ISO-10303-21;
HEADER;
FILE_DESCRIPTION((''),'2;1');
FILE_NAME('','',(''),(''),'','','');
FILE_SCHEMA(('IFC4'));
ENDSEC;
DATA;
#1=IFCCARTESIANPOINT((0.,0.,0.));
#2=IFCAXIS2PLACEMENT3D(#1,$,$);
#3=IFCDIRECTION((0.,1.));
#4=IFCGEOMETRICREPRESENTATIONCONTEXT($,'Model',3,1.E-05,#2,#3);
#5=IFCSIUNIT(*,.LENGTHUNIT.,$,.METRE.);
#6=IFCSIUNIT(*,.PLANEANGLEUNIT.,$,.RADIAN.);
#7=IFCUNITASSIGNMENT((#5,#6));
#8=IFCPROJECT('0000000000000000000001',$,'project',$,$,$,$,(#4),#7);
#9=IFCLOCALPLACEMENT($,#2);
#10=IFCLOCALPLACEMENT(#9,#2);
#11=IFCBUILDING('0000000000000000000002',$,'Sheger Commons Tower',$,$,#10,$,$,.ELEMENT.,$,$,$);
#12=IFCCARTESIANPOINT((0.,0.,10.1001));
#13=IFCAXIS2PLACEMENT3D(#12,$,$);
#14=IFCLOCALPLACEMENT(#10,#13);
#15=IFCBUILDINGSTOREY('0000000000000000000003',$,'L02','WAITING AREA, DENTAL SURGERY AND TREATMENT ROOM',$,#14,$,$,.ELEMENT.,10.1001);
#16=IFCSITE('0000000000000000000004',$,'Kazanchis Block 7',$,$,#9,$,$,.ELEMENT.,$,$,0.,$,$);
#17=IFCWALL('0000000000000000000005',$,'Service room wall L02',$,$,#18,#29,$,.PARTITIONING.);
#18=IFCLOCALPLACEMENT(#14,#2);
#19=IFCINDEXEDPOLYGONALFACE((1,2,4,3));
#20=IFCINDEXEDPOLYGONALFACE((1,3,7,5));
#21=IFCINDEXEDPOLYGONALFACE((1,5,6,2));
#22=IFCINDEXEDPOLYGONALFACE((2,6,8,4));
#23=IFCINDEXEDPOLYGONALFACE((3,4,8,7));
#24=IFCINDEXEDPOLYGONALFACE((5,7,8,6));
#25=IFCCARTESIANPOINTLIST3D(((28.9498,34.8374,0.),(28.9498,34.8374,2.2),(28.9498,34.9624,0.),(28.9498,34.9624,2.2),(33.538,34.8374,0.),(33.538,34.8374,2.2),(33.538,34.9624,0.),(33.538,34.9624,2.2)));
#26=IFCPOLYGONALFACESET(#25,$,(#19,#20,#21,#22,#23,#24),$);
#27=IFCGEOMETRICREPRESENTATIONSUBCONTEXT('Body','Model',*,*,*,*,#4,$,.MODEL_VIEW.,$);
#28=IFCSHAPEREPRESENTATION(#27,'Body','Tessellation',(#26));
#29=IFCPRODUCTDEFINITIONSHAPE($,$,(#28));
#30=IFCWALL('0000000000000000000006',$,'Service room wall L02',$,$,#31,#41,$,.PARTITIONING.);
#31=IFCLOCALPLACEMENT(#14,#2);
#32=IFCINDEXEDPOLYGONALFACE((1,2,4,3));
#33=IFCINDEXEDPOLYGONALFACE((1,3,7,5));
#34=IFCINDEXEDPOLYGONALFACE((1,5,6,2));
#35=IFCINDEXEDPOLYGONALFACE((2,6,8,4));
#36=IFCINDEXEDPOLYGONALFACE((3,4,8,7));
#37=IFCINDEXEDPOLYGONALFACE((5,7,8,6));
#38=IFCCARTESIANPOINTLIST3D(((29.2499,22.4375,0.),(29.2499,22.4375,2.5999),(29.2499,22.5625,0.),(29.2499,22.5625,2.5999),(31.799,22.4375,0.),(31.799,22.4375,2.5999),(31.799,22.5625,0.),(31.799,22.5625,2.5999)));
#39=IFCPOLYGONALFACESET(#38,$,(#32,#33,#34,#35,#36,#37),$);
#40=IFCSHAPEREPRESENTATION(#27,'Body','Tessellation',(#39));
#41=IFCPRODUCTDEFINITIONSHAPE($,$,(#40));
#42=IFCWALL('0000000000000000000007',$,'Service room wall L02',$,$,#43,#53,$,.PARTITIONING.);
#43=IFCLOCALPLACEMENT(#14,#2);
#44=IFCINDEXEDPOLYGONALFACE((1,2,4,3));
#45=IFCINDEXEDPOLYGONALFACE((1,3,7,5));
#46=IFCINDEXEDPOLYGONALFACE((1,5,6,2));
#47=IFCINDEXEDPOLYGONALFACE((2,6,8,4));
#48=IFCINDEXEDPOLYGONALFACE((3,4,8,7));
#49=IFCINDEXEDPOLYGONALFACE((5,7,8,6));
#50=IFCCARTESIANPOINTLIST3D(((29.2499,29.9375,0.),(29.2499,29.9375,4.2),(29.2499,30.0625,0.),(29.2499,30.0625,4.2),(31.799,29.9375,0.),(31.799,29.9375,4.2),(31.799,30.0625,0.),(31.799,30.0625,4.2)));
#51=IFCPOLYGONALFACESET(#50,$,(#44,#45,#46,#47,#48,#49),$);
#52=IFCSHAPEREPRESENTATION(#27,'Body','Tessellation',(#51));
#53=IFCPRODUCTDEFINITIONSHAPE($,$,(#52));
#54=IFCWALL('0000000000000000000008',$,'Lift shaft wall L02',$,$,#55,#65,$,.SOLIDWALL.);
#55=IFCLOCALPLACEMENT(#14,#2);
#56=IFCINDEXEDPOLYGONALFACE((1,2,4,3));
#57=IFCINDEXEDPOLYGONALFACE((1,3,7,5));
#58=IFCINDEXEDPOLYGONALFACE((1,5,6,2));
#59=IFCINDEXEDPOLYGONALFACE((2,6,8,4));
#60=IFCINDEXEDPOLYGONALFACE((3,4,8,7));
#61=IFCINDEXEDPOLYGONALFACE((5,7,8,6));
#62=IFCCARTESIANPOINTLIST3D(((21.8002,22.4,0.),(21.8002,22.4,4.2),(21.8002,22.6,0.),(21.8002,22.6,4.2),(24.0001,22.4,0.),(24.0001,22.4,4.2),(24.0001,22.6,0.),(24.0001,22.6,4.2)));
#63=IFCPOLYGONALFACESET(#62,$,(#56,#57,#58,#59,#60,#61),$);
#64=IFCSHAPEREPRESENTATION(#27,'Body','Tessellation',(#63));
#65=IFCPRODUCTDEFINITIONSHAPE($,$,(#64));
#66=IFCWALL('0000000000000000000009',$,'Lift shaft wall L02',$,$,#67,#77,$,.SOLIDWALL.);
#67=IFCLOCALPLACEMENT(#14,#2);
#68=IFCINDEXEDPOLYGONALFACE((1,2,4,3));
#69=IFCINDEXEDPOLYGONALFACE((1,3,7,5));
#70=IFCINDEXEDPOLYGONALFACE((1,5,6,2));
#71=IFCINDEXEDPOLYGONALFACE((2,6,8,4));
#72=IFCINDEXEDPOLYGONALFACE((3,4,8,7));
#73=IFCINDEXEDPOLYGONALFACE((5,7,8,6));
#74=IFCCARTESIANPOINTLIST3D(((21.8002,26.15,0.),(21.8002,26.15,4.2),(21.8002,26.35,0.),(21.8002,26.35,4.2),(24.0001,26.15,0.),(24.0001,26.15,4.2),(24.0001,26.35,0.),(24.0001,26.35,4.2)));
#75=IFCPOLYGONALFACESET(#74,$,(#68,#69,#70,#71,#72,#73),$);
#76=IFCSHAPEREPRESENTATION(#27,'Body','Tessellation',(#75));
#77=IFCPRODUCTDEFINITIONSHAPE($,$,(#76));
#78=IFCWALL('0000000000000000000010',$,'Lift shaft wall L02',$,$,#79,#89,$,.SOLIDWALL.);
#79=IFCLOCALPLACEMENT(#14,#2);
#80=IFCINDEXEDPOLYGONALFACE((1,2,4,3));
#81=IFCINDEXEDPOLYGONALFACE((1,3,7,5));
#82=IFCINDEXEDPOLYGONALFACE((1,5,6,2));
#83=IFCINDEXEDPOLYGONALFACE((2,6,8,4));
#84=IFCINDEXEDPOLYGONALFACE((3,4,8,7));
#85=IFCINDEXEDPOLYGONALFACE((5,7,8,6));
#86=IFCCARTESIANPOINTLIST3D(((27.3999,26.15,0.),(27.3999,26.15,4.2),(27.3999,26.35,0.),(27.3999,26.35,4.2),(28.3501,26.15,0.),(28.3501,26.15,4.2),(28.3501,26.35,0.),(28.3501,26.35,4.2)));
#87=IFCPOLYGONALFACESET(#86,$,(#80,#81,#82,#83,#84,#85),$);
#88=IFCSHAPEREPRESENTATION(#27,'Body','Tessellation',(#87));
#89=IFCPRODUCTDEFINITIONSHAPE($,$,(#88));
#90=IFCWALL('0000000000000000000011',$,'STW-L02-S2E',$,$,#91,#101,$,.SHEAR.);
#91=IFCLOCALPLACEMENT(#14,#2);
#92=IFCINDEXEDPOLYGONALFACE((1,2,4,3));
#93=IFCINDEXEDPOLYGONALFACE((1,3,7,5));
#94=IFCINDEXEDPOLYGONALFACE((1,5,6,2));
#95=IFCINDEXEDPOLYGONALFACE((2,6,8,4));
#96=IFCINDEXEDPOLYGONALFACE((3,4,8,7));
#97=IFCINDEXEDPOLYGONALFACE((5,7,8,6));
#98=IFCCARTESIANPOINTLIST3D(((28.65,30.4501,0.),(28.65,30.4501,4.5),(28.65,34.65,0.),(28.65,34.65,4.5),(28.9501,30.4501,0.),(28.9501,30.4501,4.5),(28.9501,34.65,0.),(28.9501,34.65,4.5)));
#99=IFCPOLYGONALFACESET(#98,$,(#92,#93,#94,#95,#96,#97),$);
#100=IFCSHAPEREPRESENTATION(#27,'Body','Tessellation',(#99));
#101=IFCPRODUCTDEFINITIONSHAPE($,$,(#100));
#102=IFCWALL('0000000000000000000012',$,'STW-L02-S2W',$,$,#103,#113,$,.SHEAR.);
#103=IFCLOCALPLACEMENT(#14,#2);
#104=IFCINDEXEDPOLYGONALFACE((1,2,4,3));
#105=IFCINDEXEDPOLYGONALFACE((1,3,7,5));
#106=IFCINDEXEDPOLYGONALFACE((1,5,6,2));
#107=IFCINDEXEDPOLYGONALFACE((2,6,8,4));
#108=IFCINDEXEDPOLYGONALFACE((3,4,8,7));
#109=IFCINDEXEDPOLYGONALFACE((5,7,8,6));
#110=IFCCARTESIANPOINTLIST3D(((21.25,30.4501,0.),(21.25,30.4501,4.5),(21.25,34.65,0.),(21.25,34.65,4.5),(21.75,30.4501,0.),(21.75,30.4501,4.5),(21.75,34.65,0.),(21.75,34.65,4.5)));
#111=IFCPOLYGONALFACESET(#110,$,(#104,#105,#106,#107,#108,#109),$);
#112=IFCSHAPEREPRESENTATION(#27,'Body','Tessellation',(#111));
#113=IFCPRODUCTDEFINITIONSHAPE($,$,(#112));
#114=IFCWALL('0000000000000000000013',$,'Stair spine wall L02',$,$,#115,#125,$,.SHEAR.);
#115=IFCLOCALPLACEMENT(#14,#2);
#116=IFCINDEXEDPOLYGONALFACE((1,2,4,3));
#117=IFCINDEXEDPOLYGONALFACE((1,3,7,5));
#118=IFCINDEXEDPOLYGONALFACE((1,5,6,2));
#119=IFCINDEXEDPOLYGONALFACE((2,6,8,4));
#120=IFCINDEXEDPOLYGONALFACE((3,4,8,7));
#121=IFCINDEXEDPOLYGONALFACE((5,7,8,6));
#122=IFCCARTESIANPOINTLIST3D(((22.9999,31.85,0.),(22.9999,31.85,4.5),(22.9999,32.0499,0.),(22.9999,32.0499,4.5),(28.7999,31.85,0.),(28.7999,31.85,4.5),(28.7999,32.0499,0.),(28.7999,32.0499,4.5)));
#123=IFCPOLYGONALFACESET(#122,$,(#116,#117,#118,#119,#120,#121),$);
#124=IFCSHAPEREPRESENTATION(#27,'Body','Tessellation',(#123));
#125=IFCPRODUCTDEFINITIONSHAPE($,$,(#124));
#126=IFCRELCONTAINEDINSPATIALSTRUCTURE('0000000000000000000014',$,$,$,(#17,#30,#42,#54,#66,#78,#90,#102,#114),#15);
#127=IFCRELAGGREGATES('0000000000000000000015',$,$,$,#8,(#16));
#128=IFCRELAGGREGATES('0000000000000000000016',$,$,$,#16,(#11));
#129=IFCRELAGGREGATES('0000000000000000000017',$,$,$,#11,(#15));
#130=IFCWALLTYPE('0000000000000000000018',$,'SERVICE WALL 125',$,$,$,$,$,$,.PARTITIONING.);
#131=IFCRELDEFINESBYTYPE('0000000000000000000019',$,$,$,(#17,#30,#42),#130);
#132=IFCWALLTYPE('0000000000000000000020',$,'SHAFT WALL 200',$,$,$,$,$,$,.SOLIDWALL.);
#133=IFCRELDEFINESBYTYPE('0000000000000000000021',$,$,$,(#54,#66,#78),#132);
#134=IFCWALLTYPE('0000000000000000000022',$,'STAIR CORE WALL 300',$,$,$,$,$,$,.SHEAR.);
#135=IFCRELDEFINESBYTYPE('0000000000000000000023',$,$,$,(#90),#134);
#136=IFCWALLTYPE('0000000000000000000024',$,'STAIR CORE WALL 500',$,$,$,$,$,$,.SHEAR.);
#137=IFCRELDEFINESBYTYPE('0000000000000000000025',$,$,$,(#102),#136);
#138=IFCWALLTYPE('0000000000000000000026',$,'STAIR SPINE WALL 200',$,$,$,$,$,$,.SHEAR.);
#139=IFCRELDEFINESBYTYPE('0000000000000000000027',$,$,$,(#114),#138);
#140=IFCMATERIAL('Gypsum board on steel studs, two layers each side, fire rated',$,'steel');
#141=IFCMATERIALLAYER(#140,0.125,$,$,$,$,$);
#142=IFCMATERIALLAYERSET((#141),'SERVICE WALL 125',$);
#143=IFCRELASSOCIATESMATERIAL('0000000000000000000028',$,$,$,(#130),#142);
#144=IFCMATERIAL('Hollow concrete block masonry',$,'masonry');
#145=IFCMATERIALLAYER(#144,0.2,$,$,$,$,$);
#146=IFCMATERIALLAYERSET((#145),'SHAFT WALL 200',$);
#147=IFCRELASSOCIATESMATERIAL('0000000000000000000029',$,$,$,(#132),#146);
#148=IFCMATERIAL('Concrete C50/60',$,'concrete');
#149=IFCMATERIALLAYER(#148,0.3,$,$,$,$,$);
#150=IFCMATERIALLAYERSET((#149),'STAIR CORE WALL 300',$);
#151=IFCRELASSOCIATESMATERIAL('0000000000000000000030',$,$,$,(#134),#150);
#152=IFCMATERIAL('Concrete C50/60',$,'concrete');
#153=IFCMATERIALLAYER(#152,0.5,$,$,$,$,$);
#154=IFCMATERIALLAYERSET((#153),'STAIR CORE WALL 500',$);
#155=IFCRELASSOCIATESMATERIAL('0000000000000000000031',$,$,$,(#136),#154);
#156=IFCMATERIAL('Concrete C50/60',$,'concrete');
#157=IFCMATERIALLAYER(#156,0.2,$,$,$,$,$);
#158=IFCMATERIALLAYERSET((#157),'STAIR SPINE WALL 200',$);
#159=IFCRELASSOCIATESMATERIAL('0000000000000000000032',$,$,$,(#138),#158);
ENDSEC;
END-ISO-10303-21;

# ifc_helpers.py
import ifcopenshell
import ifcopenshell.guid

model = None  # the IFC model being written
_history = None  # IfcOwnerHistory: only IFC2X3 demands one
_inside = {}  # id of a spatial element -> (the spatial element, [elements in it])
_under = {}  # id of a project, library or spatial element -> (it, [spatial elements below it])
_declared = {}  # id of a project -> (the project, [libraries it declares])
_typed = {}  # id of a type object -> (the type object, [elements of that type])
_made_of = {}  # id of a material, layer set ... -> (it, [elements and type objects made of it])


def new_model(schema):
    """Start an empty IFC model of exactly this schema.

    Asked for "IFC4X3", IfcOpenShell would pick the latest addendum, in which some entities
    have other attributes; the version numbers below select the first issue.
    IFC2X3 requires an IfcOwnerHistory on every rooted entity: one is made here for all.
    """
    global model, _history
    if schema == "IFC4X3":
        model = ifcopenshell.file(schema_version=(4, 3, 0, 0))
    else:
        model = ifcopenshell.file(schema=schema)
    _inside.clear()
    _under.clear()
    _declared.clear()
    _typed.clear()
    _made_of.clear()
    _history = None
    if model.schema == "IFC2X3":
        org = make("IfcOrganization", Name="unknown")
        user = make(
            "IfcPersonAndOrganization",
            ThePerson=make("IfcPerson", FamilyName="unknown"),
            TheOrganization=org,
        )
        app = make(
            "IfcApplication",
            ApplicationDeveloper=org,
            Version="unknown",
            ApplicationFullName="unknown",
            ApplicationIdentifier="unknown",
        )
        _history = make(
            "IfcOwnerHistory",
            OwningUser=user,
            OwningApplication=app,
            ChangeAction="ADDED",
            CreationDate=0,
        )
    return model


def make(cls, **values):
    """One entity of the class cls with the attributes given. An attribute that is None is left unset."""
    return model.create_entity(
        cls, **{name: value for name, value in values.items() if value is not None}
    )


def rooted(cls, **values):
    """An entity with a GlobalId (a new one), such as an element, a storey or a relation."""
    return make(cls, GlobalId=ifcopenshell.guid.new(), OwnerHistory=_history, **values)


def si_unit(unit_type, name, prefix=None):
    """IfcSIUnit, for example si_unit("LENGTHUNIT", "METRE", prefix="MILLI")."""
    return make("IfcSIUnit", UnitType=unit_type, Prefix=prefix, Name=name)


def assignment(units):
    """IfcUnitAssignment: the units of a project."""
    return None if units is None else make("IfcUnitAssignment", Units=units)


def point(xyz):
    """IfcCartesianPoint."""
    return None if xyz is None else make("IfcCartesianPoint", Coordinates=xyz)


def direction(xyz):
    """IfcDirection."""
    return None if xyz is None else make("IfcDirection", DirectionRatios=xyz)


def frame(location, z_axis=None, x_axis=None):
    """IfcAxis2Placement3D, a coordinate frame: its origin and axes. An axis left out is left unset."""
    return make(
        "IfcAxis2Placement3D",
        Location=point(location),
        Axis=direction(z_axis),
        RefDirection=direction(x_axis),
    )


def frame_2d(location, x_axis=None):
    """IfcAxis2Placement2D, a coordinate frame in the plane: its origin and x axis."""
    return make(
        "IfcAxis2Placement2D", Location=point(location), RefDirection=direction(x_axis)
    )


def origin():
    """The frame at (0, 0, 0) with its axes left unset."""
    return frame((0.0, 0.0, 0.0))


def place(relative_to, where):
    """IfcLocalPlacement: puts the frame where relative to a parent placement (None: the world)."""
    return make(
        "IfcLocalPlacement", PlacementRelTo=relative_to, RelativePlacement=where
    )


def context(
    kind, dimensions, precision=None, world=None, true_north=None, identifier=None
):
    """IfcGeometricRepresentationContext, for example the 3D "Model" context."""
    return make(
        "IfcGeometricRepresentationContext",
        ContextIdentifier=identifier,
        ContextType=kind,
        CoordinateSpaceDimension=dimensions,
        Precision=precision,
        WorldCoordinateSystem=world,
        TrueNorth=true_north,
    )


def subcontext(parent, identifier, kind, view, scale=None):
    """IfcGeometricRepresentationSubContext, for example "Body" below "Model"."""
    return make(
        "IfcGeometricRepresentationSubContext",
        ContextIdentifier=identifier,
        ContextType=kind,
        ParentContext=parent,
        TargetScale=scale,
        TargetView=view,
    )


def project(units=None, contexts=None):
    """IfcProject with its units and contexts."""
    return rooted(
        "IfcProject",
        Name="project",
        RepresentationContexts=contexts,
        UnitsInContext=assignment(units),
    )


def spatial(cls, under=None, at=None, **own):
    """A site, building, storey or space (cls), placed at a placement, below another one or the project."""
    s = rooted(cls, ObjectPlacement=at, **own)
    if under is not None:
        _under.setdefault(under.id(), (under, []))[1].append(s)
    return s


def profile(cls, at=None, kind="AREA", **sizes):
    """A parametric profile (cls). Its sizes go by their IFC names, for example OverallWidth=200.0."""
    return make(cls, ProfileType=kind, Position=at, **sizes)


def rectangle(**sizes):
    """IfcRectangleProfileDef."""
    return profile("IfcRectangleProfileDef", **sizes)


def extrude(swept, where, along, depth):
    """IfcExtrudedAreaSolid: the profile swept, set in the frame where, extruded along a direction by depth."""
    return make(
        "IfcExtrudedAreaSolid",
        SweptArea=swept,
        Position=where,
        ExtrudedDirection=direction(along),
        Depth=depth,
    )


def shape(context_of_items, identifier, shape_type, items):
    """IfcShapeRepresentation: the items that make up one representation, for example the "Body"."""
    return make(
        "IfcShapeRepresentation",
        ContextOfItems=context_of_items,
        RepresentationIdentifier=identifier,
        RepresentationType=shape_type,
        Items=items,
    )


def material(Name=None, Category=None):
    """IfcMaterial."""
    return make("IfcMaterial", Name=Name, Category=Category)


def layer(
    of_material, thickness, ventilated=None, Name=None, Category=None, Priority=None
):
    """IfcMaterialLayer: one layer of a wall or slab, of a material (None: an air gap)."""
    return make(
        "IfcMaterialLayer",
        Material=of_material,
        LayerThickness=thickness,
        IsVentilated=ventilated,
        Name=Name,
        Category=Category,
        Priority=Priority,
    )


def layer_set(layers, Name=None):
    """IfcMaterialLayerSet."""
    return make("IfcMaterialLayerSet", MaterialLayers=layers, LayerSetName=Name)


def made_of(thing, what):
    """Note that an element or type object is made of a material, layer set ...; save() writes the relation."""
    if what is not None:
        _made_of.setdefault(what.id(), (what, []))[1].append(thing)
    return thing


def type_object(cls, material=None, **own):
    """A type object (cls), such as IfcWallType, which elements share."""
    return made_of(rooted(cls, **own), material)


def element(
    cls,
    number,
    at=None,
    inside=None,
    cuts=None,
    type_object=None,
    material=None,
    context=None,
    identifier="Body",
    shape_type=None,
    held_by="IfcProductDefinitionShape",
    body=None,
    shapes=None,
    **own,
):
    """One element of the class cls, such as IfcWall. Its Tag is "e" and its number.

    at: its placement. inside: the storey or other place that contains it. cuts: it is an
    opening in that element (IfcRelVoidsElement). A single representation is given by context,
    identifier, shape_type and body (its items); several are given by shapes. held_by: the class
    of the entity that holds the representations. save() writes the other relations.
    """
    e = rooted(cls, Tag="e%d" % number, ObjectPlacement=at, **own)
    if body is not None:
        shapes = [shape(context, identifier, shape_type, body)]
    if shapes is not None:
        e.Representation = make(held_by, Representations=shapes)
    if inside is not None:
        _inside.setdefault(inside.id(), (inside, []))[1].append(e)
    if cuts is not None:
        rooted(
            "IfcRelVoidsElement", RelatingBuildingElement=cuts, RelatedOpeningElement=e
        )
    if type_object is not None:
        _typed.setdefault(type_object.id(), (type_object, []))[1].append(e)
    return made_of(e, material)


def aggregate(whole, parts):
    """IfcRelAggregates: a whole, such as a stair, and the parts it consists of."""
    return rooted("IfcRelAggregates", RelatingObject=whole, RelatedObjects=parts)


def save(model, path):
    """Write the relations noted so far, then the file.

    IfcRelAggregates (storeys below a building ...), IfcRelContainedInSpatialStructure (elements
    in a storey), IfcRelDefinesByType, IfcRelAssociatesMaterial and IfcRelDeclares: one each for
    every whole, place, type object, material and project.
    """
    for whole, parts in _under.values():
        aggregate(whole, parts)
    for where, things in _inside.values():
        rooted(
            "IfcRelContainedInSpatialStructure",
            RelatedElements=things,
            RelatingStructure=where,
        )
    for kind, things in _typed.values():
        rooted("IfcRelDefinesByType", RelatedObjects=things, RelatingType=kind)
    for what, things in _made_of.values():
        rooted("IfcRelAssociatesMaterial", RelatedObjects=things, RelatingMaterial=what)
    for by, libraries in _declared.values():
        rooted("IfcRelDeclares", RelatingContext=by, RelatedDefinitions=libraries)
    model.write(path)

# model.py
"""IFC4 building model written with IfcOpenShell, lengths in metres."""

from ifc_helpers import new_model, si_unit, direction, frame, frame_2d, origin, place, context, subcontext, project, spatial, rectangle, extrude, material, layer, layer_set, type_object, element, save


model = new_model("IFC4")

# Units and contexts
model_context = context("Model", 3, precision=1e-05, world=origin(), true_north=direction((0.0, 1.0)))
body_context = subcontext(model_context, "Body", "Model", "MODEL_VIEW")
ifc_project = project(units=[si_unit("LENGTHUNIT", "METRE"), si_unit("PLANEANGLEUNIT", "RADIAN")], contexts=[model_context])

# Site, building, storey
site_placement = place(None, origin())
site = spatial("IfcSite", under=ifc_project, at=site_placement, Name="Kazanchis Block 7", CompositionType="ELEMENT", RefElevation=0.0)
building_placement = place(site_placement, origin())
building = spatial("IfcBuilding", under=site, at=building_placement, Name="Sheger Commons Tower", CompositionType="ELEMENT")
storey_placement = place(building_placement, frame((0.0, 0.0, 10.1001)))
storey = spatial("IfcBuildingStorey", under=building, at=storey_placement, Name="L02", Description="WAITING AREA, DENTAL SURGERY AND TREATMENT ROOM", CompositionType="ELEMENT", Elevation=10.1001)

# Walls
ifc_material_1 = material(Name="Gypsum board on steel studs, two layers each side, fire rated", Category="steel")
ifc_layer_1 = layer(ifc_material_1, 0.125)
ifc_layer_set_1 = layer_set([ifc_layer_1], Name="SERVICE WALL 125")
wall_type_1 = type_object("IfcWallType", Name="SERVICE WALL 125", PredefinedType="PARTITIONING", material=ifc_layer_set_1)
wall_1_placement = place(storey_placement, frame((28.95, 34.8999, 0.0), z_axis=(0.0, 0.0, 1.0), x_axis=(1.0, 0.0, 0.0)))
element("IfcWall", 1, at=wall_1_placement, inside=storey, type_object=wall_type_1, Name="Service room wall L02", PredefinedType="PARTITIONING", context=body_context, shape_type="SweptSolid", body=[
    extrude(rectangle(XDim=4.5881, YDim=0.125, at=frame_2d((2.2939, 0.0))), origin(), (0.0, 0.0, 1.0), 2.2),
])
wall_2_placement = place(storey_placement, frame((29.25, 22.5, 0.0), z_axis=(0.0, 0.0, 1.0), x_axis=(1.0, 0.0, 0.0)))
element("IfcWall", 2, at=wall_2_placement, inside=storey, type_object=wall_type_1, Name="Service room wall L02", PredefinedType="PARTITIONING", context=body_context, shape_type="SweptSolid", body=[
    extrude(rectangle(XDim=2.5491, YDim=0.125, at=frame_2d((1.2744, 0.0))), origin(), (0.0, 0.0, 1.0), 2.5999),
])
wall_3_placement = place(storey_placement, frame((29.25, 30.0, 0.0), z_axis=(0.0, 0.0, 1.0), x_axis=(1.0, 0.0, 0.0)))
element("IfcWall", 3, at=wall_3_placement, inside=storey, type_object=wall_type_1, Name="Service room wall L02", PredefinedType="PARTITIONING", context=body_context, shape_type="SweptSolid", body=[
    extrude(rectangle(XDim=2.5491, YDim=0.125, at=frame_2d((1.2744, 0.0))), origin(), (0.0, 0.0, 1.0), 4.2),
])
ifc_material_2 = material(Name="Hollow concrete block masonry", Category="masonry")
ifc_layer_2 = layer(ifc_material_2, 0.2)
ifc_layer_set_2 = layer_set([ifc_layer_2], Name="SHAFT WALL 200")
wall_type_2 = type_object("IfcWallType", Name="SHAFT WALL 200", PredefinedType="SOLIDWALL", material=ifc_layer_set_2)
for number, where, z_axis, x_axis, name in (
    (4, (21.8, 22.5, 0.0), (0.0, 0.0, 1.0), (1.0, 0.0, 0.0), "Lift shaft wall L02"),
    (5, (21.8, 26.25, 0.0), (0.0, 0.0, 1.0), (1.0, 0.0, 0.0), "Lift shaft wall L02"),
):
    element("IfcWall", number, at=place(storey_placement, frame(where, z_axis=z_axis, x_axis=x_axis)), inside=storey, type_object=wall_type_2, Name=name, PredefinedType="SOLIDWALL", context=body_context, shape_type="SweptSolid", body=[
        extrude(rectangle(XDim=2.2, YDim=0.2, at=frame_2d((1.1001, 0.0))), origin(), (0.0, 0.0, 1.0), 4.2),
    ])
wall_4_placement = place(storey_placement, frame((27.3999, 26.25, 0.0), z_axis=(0.0, 0.0, 1.0), x_axis=(1.0, 0.0, 0.0)))
element("IfcWall", 6, at=wall_4_placement, inside=storey, type_object=wall_type_2, Name="Lift shaft wall L02", PredefinedType="SOLIDWALL", context=body_context, shape_type="SweptSolid", body=[
    extrude(rectangle(XDim=0.9502, YDim=0.2, at=frame_2d((0.4751, 0.0))), origin(), (0.0, 0.0, 1.0), 4.2),
])
ifc_material_3 = material(Name="Concrete C50/60", Category="concrete")
ifc_layer_3 = layer(ifc_material_3, 0.3)
ifc_layer_set_3 = layer_set([ifc_layer_3], Name="STAIR CORE WALL 300")
wall_type_3 = type_object("IfcWallType", Name="STAIR CORE WALL 300", PredefinedType="SHEAR", material=ifc_layer_set_3)
wall_5_placement = place(storey_placement, frame((28.8, 30.45, 0.0), z_axis=(0.0, 0.0, 1.0), x_axis=(0.0, 1.0, 0.0)))
element("IfcWall", 7, at=wall_5_placement, inside=storey, type_object=wall_type_3, Name="STW-L02-S2E", PredefinedType="SHEAR", context=body_context, shape_type="SweptSolid", body=[
    extrude(rectangle(XDim=4.2, YDim=0.3, at=frame_2d((2.1001, 0.0))), origin(), (0.0, 0.0, 1.0), 4.5),
])
ifc_material_4 = material(Name="Concrete C50/60", Category="concrete")
ifc_layer_4 = layer(ifc_material_4, 0.5)
ifc_layer_set_4 = layer_set([ifc_layer_4], Name="STAIR CORE WALL 500")
wall_type_4 = type_object("IfcWallType", Name="STAIR CORE WALL 500", PredefinedType="SHEAR", material=ifc_layer_set_4)
wall_6_placement = place(storey_placement, frame((21.5, 30.45, 0.0), z_axis=(0.0, 0.0, 1.0), x_axis=(0.0, 1.0, 0.0)))
element("IfcWall", 8, at=wall_6_placement, inside=storey, type_object=wall_type_4, Name="STW-L02-S2W", PredefinedType="SHEAR", context=body_context, shape_type="SweptSolid", body=[
    extrude(rectangle(XDim=4.2, YDim=0.5, at=frame_2d((2.1001, 0.0))), origin(), (0.0, 0.0, 1.0), 4.5),
])
ifc_material_5 = material(Name="Concrete C50/60", Category="concrete")
ifc_layer_5 = layer(ifc_material_5, 0.2)
ifc_layer_set_5 = layer_set([ifc_layer_5], Name="STAIR SPINE WALL 200")
wall_type_5 = type_object("IfcWallType", Name="STAIR SPINE WALL 200", PredefinedType="SHEAR", material=ifc_layer_set_5)
wall_7_placement = place(storey_placement, frame((23.0, 31.95, 0.0), z_axis=(0.0, 0.0, 1.0), x_axis=(1.0, 0.0, 0.0)))
element("IfcWall", 9, at=wall_7_placement, inside=storey, type_object=wall_type_5, Name="Stair spine wall L02", PredefinedType="SHEAR", context=body_context, shape_type="SweptSolid", body=[
    extrude(rectangle(XDim=5.8, YDim=0.2, at=frame_2d((2.8999, 0.0))), origin(), (0.0, 0.0, 1.0), 4.5),
])

save(model, "model.ifc")
